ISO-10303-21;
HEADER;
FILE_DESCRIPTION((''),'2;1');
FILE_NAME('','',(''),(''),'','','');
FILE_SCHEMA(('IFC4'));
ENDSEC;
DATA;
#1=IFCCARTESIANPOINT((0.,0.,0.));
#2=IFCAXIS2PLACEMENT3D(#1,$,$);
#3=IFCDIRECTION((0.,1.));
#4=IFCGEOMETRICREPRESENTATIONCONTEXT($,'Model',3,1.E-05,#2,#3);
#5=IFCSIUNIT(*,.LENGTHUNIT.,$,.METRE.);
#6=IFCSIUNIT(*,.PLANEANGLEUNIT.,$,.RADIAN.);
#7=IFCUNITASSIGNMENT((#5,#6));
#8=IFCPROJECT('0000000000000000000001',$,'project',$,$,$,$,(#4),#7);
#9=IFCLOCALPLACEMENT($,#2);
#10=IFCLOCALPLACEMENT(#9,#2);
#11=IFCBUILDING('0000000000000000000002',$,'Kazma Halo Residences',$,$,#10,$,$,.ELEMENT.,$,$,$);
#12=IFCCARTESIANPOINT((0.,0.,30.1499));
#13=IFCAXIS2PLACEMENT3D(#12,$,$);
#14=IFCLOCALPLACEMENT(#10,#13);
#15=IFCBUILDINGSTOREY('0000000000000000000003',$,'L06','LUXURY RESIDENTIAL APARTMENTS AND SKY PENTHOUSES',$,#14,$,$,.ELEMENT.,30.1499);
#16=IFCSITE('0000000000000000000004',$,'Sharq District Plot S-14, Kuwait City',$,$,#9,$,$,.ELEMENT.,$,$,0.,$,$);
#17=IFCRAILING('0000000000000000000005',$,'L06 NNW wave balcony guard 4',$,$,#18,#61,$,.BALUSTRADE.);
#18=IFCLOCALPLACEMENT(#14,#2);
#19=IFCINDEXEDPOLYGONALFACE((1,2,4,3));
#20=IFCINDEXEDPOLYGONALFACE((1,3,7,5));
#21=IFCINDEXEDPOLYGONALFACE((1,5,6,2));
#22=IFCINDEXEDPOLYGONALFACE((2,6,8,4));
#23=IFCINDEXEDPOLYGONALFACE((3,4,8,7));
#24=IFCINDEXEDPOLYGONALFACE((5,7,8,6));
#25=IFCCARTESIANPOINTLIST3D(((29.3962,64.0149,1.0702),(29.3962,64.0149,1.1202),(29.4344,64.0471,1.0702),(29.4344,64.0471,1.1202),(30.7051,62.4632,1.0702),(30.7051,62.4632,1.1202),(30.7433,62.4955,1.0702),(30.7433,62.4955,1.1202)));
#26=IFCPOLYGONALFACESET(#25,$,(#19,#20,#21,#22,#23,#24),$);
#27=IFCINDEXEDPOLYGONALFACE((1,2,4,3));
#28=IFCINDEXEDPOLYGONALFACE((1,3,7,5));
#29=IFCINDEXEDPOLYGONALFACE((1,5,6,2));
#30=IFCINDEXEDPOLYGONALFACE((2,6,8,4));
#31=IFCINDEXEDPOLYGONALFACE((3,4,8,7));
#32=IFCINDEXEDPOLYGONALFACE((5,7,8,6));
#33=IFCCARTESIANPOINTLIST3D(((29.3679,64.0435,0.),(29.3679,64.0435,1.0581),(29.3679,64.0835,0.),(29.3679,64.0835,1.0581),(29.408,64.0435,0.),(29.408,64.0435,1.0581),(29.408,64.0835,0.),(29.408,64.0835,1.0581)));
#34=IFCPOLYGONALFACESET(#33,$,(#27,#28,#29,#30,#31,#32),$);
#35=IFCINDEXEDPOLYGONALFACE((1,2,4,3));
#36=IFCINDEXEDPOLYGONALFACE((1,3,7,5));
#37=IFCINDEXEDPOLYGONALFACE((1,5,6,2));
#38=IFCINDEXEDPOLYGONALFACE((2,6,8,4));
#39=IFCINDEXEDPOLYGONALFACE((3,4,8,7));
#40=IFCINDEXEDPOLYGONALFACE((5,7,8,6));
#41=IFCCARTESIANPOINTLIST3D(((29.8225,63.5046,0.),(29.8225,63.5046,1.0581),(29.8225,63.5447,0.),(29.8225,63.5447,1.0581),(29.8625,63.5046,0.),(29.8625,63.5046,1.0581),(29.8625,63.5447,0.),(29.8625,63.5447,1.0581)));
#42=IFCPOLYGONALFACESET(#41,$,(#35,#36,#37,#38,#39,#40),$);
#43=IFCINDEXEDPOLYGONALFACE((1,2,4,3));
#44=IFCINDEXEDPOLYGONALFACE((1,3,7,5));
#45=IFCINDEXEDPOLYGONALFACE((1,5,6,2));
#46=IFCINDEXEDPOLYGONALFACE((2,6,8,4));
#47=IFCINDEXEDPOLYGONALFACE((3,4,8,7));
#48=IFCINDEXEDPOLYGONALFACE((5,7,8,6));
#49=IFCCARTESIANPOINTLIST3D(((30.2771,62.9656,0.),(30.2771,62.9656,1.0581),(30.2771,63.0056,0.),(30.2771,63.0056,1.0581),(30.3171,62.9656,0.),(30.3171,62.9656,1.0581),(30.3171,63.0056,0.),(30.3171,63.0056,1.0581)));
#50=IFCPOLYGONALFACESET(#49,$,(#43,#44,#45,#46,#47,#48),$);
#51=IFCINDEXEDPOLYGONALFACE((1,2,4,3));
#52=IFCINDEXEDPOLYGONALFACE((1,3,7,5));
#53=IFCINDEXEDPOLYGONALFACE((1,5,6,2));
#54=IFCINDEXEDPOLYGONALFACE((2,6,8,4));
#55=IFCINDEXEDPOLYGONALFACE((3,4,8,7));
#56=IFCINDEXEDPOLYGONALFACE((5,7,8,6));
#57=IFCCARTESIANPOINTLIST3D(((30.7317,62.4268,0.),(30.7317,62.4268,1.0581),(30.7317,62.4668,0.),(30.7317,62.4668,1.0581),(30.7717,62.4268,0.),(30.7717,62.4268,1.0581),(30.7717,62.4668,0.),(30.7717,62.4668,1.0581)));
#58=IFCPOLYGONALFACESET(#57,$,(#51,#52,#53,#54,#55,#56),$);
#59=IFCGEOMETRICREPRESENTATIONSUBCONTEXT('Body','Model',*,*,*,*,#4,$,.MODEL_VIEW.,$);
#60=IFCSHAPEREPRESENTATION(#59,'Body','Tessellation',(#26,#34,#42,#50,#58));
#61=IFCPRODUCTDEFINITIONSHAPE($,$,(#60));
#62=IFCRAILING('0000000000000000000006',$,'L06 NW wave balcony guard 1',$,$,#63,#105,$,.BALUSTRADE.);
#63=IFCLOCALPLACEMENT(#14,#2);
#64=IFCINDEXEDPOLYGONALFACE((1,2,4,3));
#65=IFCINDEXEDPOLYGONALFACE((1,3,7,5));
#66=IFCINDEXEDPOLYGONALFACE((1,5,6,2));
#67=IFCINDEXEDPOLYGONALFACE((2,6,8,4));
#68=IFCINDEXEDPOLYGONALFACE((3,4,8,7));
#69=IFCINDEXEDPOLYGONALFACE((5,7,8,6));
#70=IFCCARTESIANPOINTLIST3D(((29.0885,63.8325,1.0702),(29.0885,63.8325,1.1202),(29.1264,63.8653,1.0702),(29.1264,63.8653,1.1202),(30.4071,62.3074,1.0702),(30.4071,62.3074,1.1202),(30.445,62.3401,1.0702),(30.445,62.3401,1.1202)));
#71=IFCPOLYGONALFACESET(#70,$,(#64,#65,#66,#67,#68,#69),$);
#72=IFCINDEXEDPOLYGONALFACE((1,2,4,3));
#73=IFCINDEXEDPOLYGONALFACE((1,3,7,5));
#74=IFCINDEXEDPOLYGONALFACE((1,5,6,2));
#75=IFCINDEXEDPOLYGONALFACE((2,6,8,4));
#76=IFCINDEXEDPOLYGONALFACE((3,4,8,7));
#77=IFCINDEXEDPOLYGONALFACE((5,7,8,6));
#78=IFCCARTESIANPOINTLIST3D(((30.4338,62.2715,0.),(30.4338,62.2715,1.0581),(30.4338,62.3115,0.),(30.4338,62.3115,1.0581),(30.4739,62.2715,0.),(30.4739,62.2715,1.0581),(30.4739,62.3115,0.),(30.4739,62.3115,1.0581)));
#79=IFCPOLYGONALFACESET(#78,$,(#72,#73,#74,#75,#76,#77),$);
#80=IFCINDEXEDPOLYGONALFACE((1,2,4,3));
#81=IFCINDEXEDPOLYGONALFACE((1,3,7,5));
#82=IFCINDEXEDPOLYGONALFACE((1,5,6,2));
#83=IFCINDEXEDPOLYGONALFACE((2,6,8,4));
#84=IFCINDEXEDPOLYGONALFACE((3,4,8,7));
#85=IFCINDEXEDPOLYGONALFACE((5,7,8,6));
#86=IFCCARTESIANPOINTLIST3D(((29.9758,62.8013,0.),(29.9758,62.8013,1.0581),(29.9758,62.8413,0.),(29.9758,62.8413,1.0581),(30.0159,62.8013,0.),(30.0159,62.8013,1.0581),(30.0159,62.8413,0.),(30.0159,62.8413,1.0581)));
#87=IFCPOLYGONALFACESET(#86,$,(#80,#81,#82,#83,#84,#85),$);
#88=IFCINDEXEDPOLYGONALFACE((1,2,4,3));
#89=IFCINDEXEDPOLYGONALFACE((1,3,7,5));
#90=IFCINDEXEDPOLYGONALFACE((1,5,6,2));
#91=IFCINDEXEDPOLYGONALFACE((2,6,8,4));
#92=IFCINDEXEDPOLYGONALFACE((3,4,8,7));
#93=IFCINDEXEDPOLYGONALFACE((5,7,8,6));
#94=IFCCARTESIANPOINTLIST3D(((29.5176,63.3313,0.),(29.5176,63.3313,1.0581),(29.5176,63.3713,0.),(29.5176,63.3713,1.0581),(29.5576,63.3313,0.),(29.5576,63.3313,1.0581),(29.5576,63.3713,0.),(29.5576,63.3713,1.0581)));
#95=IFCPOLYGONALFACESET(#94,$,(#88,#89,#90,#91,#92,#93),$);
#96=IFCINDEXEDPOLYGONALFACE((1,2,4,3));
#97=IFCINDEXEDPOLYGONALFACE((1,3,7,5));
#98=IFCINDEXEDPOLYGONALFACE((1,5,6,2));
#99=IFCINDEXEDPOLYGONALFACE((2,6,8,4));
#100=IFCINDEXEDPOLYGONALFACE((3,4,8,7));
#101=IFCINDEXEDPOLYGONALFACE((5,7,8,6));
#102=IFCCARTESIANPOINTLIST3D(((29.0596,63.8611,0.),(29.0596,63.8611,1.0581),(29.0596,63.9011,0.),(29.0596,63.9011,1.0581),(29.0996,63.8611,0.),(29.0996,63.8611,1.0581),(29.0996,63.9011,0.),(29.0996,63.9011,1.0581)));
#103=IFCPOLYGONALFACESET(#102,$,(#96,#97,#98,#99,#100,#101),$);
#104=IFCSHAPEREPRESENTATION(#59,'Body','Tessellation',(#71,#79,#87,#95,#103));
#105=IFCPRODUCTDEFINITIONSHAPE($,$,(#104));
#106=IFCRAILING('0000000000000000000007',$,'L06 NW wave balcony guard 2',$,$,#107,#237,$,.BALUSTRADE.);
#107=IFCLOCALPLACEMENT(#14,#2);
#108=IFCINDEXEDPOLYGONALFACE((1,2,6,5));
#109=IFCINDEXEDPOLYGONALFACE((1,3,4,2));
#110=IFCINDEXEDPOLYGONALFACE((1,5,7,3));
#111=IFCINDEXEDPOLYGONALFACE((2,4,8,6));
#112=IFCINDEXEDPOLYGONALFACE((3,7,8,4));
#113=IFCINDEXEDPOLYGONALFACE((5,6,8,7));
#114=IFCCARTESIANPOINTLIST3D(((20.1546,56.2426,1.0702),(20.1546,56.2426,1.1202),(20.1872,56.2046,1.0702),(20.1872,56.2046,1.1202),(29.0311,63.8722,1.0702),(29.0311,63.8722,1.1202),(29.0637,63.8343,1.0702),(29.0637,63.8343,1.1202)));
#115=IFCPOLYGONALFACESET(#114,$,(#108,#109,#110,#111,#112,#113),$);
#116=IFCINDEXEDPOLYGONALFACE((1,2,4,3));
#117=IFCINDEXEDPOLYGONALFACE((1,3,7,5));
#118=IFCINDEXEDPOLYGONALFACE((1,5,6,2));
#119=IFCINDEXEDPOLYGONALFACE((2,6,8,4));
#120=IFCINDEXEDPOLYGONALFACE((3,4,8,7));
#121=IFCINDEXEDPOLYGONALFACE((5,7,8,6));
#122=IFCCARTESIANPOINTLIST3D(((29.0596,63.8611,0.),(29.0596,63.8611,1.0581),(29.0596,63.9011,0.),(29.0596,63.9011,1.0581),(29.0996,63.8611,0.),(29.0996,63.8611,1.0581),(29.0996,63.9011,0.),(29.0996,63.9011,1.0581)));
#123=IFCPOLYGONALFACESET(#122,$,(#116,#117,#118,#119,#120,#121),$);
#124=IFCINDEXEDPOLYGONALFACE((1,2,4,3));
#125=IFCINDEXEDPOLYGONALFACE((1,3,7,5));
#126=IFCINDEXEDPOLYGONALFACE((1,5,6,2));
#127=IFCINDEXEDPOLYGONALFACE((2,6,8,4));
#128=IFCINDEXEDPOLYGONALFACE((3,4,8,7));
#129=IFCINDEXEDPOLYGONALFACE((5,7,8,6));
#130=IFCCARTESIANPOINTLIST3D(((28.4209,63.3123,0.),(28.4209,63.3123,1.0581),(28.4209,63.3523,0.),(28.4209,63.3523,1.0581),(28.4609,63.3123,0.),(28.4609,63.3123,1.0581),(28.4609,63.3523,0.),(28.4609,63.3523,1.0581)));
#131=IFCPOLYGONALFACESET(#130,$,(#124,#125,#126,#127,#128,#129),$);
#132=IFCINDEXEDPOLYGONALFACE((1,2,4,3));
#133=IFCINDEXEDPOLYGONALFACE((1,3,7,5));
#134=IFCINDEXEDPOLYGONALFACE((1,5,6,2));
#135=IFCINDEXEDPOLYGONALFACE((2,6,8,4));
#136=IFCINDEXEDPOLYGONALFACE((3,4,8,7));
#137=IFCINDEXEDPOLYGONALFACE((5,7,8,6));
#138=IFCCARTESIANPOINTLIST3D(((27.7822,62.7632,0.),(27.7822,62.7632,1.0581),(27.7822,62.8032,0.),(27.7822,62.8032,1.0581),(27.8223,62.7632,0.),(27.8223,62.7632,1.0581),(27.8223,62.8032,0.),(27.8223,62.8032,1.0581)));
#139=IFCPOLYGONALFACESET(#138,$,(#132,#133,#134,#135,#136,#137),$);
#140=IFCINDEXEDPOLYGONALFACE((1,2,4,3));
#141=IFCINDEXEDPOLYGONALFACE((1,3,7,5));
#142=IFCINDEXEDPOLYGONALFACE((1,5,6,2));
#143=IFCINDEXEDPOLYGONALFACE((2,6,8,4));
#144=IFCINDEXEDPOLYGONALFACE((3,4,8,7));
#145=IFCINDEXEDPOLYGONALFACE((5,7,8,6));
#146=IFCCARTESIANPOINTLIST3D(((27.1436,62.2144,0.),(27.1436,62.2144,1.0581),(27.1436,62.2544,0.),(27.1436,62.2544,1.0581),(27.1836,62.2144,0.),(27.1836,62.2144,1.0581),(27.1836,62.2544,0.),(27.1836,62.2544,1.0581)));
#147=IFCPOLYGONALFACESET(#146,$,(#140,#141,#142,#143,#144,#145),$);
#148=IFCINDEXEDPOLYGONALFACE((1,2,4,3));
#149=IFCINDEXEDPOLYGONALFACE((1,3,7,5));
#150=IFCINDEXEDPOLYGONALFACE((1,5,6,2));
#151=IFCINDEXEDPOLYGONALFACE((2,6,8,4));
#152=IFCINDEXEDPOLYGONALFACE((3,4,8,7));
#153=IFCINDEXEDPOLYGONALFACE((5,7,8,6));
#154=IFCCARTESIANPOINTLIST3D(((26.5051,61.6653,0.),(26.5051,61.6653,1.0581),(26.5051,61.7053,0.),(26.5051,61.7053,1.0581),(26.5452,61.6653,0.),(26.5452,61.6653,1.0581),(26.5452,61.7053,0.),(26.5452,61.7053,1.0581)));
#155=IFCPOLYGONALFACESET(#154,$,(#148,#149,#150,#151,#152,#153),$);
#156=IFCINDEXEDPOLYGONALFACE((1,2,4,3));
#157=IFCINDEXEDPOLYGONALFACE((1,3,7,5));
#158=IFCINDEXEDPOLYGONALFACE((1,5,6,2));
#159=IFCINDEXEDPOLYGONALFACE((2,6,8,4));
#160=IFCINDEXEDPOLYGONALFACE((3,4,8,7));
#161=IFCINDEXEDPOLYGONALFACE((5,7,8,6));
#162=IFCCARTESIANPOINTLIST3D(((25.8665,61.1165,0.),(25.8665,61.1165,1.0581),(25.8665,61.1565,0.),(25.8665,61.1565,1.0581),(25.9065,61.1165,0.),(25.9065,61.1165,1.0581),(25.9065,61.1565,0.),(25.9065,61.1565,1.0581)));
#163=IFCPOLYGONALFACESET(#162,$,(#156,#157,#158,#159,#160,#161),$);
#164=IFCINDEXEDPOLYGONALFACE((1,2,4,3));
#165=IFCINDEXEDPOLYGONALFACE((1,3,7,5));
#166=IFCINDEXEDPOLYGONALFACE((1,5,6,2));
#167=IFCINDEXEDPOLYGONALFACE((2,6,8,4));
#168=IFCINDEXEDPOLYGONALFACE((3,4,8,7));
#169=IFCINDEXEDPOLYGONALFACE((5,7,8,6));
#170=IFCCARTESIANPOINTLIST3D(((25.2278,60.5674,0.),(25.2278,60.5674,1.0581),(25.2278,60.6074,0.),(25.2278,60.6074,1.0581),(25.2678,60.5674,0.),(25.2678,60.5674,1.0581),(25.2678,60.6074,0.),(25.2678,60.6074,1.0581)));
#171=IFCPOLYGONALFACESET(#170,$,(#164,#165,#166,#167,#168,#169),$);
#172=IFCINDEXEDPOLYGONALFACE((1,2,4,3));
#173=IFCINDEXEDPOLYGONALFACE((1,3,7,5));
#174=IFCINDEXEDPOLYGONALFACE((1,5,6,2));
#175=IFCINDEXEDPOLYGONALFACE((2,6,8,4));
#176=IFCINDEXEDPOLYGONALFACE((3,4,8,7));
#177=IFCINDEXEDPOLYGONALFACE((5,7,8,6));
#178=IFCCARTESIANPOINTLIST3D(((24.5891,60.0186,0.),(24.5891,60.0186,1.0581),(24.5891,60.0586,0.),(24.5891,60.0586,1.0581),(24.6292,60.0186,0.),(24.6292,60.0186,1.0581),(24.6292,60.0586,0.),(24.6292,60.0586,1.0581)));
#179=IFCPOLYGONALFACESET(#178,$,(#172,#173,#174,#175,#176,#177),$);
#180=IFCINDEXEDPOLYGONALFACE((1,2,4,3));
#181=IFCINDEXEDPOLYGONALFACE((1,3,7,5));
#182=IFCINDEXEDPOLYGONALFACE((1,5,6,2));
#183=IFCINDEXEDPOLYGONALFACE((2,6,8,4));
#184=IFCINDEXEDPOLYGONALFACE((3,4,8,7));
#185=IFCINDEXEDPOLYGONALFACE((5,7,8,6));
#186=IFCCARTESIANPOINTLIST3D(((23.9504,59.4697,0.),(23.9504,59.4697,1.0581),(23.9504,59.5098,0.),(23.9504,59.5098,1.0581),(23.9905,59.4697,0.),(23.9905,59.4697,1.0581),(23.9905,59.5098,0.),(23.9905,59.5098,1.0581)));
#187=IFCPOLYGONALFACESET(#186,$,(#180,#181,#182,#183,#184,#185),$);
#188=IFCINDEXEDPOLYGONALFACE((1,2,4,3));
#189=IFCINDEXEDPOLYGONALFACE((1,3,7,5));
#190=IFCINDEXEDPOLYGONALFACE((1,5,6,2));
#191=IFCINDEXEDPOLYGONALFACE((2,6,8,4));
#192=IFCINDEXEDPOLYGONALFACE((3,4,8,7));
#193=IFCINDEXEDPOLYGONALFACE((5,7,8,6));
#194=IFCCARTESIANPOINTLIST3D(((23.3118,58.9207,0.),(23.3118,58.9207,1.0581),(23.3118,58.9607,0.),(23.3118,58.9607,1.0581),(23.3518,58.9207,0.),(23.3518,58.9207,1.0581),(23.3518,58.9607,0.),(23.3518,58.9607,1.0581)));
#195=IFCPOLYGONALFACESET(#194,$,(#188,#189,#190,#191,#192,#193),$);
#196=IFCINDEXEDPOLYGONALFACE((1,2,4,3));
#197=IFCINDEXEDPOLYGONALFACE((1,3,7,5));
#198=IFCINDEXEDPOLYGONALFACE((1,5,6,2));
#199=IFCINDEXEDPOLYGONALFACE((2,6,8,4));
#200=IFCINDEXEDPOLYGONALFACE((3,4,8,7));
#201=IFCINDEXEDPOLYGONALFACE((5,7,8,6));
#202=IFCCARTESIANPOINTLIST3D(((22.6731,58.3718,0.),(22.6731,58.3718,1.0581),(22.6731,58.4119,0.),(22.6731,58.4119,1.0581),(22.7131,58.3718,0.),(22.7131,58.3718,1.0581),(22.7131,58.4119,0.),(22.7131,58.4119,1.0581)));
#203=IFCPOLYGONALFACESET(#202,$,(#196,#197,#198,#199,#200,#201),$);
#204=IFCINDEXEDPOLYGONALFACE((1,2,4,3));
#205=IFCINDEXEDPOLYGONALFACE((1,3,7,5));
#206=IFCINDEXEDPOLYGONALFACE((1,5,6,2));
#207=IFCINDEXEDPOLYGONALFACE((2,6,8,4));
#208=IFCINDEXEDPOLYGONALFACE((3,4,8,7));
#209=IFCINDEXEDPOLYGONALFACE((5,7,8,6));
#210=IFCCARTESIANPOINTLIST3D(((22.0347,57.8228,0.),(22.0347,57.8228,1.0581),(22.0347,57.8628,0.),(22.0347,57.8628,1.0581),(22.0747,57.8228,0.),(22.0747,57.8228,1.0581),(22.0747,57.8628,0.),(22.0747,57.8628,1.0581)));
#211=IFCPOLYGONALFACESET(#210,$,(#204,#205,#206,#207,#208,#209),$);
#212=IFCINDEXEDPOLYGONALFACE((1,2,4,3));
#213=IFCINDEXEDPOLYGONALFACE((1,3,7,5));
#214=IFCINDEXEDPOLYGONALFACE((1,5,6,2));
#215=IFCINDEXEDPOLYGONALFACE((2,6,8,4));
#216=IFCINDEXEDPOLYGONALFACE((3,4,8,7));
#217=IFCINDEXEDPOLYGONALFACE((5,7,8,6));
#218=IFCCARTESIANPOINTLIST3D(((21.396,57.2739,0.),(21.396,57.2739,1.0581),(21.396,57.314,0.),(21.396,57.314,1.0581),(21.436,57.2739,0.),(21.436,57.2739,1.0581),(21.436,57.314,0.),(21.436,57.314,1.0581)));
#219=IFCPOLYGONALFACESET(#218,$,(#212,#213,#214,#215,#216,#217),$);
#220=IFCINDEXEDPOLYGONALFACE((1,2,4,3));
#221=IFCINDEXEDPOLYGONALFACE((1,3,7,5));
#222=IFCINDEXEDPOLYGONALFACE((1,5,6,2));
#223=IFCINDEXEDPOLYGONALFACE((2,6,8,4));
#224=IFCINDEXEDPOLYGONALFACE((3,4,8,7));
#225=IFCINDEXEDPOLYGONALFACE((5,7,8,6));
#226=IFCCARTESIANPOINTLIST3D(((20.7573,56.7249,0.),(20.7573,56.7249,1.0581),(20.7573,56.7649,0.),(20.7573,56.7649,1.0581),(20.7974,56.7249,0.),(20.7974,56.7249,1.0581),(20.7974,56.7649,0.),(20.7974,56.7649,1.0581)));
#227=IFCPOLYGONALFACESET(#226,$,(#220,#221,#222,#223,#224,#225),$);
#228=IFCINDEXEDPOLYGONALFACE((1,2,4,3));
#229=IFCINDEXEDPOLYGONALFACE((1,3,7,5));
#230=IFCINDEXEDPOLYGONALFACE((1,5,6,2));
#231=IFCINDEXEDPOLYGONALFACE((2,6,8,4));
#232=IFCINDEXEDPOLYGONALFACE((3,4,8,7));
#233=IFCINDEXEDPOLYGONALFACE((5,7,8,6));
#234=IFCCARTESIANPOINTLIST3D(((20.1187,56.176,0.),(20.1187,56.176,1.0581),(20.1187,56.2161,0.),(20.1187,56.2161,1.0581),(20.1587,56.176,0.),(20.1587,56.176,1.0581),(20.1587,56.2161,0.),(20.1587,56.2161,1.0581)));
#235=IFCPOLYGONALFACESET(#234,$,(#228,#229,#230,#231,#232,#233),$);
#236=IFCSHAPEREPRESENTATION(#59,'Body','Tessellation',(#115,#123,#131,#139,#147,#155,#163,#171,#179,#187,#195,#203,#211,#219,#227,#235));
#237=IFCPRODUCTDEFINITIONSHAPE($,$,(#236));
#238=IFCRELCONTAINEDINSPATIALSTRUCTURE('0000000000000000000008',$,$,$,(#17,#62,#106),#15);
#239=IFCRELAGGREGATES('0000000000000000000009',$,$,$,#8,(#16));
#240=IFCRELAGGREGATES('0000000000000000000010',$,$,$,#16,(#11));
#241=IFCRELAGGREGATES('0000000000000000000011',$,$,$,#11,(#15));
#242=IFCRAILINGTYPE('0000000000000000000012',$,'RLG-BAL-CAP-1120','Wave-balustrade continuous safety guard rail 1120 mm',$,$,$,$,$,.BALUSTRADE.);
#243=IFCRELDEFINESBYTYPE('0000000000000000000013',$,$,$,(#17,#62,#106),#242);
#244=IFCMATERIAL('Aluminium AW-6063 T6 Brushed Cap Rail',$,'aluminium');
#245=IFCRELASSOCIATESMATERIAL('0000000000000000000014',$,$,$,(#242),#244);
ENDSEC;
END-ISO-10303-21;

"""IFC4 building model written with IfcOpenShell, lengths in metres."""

from ifc_helpers import new_model, si_unit, direction, frame, origin, origin_2d, place, context, subcontext, project, spatial, rectangle, extrude, material, type_object, element, save


model = new_model("IFC4")

# Units and contexts
model_context = context("Model", 3, precision=1e-05, world=origin(), true_north=direction((0.0, 1.0)))
body_context = subcontext(model_context, "Body", "Model", "MODEL_VIEW")
ifc_project = project(units=[si_unit("LENGTHUNIT", "METRE"), si_unit("PLANEANGLEUNIT", "RADIAN")], contexts=[model_context])

# Site, building, storey
site_placement = place(None, origin())
site = spatial("IfcSite", under=ifc_project, at=site_placement, Name="Sharq District Plot S-14, Kuwait City", CompositionType="ELEMENT", RefElevation=0.0)
building_placement = place(site_placement, origin())
building = spatial("IfcBuilding", under=site, at=building_placement, Name="Kazma Halo Residences", CompositionType="ELEMENT")
storey_placement = place(building_placement, frame((0.0, 0.0, 30.1499)))
storey = spatial("IfcBuildingStorey", under=building, at=storey_placement, Name="L06", Description="LUXURY RESIDENTIAL APARTMENTS AND SKY PENTHOUSES", CompositionType="ELEMENT", Elevation=30.1499)

# Railings
ifc_material_1 = material(Name="Aluminium AW-6063 T6 Brushed Cap Rail", Category="aluminium")
railing_type = type_object("IfcRailingType", Name="RLG-BAL-CAP-1120", Description="Wave-balustrade continuous safety guard rail 1120 mm", PredefinedType="BALUSTRADE", material=ifc_material_1)
railing_1_placement = place(storey_placement, frame((29.3879, 64.0635, 0.0)))
element("IfcRailing", 1, at=railing_1_placement, inside=storey, type_object=railing_type, Name="L06 NNW wave balcony guard 4", PredefinedType="BALUSTRADE", context=body_context, shape_type="SweptSolid", body=[
    extrude(rectangle(XDim=0.05, YDim=0.05, at=origin_2d()), frame((0.0273, -0.0325, 1.0952), z_axis=(0.644782, -0.764366, 0.0), x_axis=(0.764366, 0.644782, 0.0)), (0.0, 0.0, 1.0), 2.03),
    extrude(rectangle(XDim=0.04, YDim=0.04, at=origin_2d()), origin(), (0.0, 0.0, 1.0), 1.0581),
    extrude(rectangle(XDim=0.04, YDim=0.04, at=origin_2d()), frame((0.4546, -0.5388, 0.0)), (0.0, 0.0, 1.0), 1.0581),
    extrude(rectangle(XDim=0.04, YDim=0.04, at=origin_2d()), frame((0.9092, -1.0779, 0.0)), (0.0, 0.0, 1.0), 1.0581),
    extrude(rectangle(XDim=0.04, YDim=0.04, at=origin_2d()), frame((1.3638, -1.6167, 0.0)), (0.0, 0.0, 1.0), 1.0581),
])
railing_2_placement = place(storey_placement, frame((30.4539, 62.2915, 0.0)))
element("IfcRailing", 2, at=railing_2_placement, inside=storey, type_object=railing_type, Name="L06 NW wave balcony guard 1", PredefinedType="BALUSTRADE", context=body_context, shape_type="SweptSolid", body=[
    extrude(rectangle(XDim=0.05, YDim=0.05, at=origin_2d()), frame((-0.0278, 0.0322, 1.0952), z_axis=(-0.65401, 0.756486, 0.0), x_axis=(-0.756486, -0.65401, 0.0)), (0.0, 0.0, 1.0), 2.0161),
    extrude(rectangle(XDim=0.04, YDim=0.04, at=origin_2d()), origin(), (0.0, 0.0, 1.0), 1.0581),
    extrude(rectangle(XDim=0.04, YDim=0.04, at=origin_2d()), frame((-0.458, 0.5298, 0.0)), (0.0, 0.0, 1.0), 1.0581),
    extrude(rectangle(XDim=0.04, YDim=0.04, at=origin_2d()), frame((-0.9163, 1.0598, 0.0)), (0.0, 0.0, 1.0), 1.0581),
    extrude(rectangle(XDim=0.04, YDim=0.04, at=origin_2d()), frame((-1.3743, 1.5896, 0.0)), (0.0, 0.0, 1.0), 1.0581),
])
railing_3_placement = place(storey_placement, frame((29.0796, 63.8811, 0.0)))
element("IfcRailing", 3, at=railing_3_placement, inside=storey, type_object=railing_type, Name="L06 NW wave balcony guard 2", PredefinedType="BALUSTRADE", context=body_context, shape_type="SweptSolid", body=[
    extrude(rectangle(XDim=0.05, YDim=0.05, at=origin_2d()), frame((-0.0322, -0.0278, 1.0952), z_axis=(-0.758358, -0.651838, 0.0), x_axis=(0.651838, -0.758358, 0.0)), (0.0, 0.0, 1.0), 11.7048),
    extrude(rectangle(XDim=0.04, YDim=0.04, at=origin_2d()), origin(), (0.0, 0.0, 1.0), 1.0581),
    extrude(rectangle(XDim=0.04, YDim=0.04, at=origin_2d()), frame((-0.6387, -0.5488, 0.0)), (0.0, 0.0, 1.0), 1.0581),
    extrude(rectangle(XDim=0.04, YDim=0.04, at=origin_2d()), frame((-1.2773, -1.0979, 0.0)), (0.0, 0.0, 1.0), 1.0581),
    extrude(rectangle(XDim=0.04, YDim=0.04, at=origin_2d()), frame((-1.916, -1.6467, 0.0)), (0.0, 0.0, 1.0), 1.0581),
    extrude(rectangle(XDim=0.04, YDim=0.04, at=origin_2d()), frame((-2.5544, -2.1958, 0.0)), (0.0, 0.0, 1.0), 1.0581),
    extrude(rectangle(XDim=0.04, YDim=0.04, at=origin_2d()), frame((-3.1931, -2.7446, 0.0)), (0.0, 0.0, 1.0), 1.0581),
    extrude(rectangle(XDim=0.04, YDim=0.04, at=origin_2d()), frame((-3.8318, -3.2937, 0.0)), (0.0, 0.0, 1.0), 1.0581),
    extrude(rectangle(XDim=0.04, YDim=0.04, at=origin_2d()), frame((-4.4705, -3.8425, 0.0)), (0.0, 0.0, 1.0), 1.0581),
    extrude(rectangle(XDim=0.04, YDim=0.04, at=origin_2d()), frame((-5.1091, -4.3914, 0.0)), (0.0, 0.0, 1.0), 1.0581),
    extrude(rectangle(XDim=0.04, YDim=0.04, at=origin_2d()), frame((-5.7478, -4.9404, 0.0)), (0.0, 0.0, 1.0), 1.0581),
    extrude(rectangle(XDim=0.04, YDim=0.04, at=origin_2d()), frame((-6.3865, -5.4893, 0.0)), (0.0, 0.0, 1.0), 1.0581),
    extrude(rectangle(XDim=0.04, YDim=0.04, at=origin_2d()), frame((-7.0249, -6.0383, 0.0)), (0.0, 0.0, 1.0), 1.0581),
    extrude(rectangle(XDim=0.04, YDim=0.04, at=origin_2d()), frame((-7.6636, -6.5872, 0.0)), (0.0, 0.0, 1.0), 1.0581),
    extrude(rectangle(XDim=0.04, YDim=0.04, at=origin_2d()), frame((-8.3022, -7.1362, 0.0)), (0.0, 0.0, 1.0), 1.0581),
    extrude(rectangle(XDim=0.04, YDim=0.04, at=origin_2d()), frame((-8.9409, -7.6851, 0.0)), (0.0, 0.0, 1.0), 1.0581),
])

save(model, "model.ifc")
